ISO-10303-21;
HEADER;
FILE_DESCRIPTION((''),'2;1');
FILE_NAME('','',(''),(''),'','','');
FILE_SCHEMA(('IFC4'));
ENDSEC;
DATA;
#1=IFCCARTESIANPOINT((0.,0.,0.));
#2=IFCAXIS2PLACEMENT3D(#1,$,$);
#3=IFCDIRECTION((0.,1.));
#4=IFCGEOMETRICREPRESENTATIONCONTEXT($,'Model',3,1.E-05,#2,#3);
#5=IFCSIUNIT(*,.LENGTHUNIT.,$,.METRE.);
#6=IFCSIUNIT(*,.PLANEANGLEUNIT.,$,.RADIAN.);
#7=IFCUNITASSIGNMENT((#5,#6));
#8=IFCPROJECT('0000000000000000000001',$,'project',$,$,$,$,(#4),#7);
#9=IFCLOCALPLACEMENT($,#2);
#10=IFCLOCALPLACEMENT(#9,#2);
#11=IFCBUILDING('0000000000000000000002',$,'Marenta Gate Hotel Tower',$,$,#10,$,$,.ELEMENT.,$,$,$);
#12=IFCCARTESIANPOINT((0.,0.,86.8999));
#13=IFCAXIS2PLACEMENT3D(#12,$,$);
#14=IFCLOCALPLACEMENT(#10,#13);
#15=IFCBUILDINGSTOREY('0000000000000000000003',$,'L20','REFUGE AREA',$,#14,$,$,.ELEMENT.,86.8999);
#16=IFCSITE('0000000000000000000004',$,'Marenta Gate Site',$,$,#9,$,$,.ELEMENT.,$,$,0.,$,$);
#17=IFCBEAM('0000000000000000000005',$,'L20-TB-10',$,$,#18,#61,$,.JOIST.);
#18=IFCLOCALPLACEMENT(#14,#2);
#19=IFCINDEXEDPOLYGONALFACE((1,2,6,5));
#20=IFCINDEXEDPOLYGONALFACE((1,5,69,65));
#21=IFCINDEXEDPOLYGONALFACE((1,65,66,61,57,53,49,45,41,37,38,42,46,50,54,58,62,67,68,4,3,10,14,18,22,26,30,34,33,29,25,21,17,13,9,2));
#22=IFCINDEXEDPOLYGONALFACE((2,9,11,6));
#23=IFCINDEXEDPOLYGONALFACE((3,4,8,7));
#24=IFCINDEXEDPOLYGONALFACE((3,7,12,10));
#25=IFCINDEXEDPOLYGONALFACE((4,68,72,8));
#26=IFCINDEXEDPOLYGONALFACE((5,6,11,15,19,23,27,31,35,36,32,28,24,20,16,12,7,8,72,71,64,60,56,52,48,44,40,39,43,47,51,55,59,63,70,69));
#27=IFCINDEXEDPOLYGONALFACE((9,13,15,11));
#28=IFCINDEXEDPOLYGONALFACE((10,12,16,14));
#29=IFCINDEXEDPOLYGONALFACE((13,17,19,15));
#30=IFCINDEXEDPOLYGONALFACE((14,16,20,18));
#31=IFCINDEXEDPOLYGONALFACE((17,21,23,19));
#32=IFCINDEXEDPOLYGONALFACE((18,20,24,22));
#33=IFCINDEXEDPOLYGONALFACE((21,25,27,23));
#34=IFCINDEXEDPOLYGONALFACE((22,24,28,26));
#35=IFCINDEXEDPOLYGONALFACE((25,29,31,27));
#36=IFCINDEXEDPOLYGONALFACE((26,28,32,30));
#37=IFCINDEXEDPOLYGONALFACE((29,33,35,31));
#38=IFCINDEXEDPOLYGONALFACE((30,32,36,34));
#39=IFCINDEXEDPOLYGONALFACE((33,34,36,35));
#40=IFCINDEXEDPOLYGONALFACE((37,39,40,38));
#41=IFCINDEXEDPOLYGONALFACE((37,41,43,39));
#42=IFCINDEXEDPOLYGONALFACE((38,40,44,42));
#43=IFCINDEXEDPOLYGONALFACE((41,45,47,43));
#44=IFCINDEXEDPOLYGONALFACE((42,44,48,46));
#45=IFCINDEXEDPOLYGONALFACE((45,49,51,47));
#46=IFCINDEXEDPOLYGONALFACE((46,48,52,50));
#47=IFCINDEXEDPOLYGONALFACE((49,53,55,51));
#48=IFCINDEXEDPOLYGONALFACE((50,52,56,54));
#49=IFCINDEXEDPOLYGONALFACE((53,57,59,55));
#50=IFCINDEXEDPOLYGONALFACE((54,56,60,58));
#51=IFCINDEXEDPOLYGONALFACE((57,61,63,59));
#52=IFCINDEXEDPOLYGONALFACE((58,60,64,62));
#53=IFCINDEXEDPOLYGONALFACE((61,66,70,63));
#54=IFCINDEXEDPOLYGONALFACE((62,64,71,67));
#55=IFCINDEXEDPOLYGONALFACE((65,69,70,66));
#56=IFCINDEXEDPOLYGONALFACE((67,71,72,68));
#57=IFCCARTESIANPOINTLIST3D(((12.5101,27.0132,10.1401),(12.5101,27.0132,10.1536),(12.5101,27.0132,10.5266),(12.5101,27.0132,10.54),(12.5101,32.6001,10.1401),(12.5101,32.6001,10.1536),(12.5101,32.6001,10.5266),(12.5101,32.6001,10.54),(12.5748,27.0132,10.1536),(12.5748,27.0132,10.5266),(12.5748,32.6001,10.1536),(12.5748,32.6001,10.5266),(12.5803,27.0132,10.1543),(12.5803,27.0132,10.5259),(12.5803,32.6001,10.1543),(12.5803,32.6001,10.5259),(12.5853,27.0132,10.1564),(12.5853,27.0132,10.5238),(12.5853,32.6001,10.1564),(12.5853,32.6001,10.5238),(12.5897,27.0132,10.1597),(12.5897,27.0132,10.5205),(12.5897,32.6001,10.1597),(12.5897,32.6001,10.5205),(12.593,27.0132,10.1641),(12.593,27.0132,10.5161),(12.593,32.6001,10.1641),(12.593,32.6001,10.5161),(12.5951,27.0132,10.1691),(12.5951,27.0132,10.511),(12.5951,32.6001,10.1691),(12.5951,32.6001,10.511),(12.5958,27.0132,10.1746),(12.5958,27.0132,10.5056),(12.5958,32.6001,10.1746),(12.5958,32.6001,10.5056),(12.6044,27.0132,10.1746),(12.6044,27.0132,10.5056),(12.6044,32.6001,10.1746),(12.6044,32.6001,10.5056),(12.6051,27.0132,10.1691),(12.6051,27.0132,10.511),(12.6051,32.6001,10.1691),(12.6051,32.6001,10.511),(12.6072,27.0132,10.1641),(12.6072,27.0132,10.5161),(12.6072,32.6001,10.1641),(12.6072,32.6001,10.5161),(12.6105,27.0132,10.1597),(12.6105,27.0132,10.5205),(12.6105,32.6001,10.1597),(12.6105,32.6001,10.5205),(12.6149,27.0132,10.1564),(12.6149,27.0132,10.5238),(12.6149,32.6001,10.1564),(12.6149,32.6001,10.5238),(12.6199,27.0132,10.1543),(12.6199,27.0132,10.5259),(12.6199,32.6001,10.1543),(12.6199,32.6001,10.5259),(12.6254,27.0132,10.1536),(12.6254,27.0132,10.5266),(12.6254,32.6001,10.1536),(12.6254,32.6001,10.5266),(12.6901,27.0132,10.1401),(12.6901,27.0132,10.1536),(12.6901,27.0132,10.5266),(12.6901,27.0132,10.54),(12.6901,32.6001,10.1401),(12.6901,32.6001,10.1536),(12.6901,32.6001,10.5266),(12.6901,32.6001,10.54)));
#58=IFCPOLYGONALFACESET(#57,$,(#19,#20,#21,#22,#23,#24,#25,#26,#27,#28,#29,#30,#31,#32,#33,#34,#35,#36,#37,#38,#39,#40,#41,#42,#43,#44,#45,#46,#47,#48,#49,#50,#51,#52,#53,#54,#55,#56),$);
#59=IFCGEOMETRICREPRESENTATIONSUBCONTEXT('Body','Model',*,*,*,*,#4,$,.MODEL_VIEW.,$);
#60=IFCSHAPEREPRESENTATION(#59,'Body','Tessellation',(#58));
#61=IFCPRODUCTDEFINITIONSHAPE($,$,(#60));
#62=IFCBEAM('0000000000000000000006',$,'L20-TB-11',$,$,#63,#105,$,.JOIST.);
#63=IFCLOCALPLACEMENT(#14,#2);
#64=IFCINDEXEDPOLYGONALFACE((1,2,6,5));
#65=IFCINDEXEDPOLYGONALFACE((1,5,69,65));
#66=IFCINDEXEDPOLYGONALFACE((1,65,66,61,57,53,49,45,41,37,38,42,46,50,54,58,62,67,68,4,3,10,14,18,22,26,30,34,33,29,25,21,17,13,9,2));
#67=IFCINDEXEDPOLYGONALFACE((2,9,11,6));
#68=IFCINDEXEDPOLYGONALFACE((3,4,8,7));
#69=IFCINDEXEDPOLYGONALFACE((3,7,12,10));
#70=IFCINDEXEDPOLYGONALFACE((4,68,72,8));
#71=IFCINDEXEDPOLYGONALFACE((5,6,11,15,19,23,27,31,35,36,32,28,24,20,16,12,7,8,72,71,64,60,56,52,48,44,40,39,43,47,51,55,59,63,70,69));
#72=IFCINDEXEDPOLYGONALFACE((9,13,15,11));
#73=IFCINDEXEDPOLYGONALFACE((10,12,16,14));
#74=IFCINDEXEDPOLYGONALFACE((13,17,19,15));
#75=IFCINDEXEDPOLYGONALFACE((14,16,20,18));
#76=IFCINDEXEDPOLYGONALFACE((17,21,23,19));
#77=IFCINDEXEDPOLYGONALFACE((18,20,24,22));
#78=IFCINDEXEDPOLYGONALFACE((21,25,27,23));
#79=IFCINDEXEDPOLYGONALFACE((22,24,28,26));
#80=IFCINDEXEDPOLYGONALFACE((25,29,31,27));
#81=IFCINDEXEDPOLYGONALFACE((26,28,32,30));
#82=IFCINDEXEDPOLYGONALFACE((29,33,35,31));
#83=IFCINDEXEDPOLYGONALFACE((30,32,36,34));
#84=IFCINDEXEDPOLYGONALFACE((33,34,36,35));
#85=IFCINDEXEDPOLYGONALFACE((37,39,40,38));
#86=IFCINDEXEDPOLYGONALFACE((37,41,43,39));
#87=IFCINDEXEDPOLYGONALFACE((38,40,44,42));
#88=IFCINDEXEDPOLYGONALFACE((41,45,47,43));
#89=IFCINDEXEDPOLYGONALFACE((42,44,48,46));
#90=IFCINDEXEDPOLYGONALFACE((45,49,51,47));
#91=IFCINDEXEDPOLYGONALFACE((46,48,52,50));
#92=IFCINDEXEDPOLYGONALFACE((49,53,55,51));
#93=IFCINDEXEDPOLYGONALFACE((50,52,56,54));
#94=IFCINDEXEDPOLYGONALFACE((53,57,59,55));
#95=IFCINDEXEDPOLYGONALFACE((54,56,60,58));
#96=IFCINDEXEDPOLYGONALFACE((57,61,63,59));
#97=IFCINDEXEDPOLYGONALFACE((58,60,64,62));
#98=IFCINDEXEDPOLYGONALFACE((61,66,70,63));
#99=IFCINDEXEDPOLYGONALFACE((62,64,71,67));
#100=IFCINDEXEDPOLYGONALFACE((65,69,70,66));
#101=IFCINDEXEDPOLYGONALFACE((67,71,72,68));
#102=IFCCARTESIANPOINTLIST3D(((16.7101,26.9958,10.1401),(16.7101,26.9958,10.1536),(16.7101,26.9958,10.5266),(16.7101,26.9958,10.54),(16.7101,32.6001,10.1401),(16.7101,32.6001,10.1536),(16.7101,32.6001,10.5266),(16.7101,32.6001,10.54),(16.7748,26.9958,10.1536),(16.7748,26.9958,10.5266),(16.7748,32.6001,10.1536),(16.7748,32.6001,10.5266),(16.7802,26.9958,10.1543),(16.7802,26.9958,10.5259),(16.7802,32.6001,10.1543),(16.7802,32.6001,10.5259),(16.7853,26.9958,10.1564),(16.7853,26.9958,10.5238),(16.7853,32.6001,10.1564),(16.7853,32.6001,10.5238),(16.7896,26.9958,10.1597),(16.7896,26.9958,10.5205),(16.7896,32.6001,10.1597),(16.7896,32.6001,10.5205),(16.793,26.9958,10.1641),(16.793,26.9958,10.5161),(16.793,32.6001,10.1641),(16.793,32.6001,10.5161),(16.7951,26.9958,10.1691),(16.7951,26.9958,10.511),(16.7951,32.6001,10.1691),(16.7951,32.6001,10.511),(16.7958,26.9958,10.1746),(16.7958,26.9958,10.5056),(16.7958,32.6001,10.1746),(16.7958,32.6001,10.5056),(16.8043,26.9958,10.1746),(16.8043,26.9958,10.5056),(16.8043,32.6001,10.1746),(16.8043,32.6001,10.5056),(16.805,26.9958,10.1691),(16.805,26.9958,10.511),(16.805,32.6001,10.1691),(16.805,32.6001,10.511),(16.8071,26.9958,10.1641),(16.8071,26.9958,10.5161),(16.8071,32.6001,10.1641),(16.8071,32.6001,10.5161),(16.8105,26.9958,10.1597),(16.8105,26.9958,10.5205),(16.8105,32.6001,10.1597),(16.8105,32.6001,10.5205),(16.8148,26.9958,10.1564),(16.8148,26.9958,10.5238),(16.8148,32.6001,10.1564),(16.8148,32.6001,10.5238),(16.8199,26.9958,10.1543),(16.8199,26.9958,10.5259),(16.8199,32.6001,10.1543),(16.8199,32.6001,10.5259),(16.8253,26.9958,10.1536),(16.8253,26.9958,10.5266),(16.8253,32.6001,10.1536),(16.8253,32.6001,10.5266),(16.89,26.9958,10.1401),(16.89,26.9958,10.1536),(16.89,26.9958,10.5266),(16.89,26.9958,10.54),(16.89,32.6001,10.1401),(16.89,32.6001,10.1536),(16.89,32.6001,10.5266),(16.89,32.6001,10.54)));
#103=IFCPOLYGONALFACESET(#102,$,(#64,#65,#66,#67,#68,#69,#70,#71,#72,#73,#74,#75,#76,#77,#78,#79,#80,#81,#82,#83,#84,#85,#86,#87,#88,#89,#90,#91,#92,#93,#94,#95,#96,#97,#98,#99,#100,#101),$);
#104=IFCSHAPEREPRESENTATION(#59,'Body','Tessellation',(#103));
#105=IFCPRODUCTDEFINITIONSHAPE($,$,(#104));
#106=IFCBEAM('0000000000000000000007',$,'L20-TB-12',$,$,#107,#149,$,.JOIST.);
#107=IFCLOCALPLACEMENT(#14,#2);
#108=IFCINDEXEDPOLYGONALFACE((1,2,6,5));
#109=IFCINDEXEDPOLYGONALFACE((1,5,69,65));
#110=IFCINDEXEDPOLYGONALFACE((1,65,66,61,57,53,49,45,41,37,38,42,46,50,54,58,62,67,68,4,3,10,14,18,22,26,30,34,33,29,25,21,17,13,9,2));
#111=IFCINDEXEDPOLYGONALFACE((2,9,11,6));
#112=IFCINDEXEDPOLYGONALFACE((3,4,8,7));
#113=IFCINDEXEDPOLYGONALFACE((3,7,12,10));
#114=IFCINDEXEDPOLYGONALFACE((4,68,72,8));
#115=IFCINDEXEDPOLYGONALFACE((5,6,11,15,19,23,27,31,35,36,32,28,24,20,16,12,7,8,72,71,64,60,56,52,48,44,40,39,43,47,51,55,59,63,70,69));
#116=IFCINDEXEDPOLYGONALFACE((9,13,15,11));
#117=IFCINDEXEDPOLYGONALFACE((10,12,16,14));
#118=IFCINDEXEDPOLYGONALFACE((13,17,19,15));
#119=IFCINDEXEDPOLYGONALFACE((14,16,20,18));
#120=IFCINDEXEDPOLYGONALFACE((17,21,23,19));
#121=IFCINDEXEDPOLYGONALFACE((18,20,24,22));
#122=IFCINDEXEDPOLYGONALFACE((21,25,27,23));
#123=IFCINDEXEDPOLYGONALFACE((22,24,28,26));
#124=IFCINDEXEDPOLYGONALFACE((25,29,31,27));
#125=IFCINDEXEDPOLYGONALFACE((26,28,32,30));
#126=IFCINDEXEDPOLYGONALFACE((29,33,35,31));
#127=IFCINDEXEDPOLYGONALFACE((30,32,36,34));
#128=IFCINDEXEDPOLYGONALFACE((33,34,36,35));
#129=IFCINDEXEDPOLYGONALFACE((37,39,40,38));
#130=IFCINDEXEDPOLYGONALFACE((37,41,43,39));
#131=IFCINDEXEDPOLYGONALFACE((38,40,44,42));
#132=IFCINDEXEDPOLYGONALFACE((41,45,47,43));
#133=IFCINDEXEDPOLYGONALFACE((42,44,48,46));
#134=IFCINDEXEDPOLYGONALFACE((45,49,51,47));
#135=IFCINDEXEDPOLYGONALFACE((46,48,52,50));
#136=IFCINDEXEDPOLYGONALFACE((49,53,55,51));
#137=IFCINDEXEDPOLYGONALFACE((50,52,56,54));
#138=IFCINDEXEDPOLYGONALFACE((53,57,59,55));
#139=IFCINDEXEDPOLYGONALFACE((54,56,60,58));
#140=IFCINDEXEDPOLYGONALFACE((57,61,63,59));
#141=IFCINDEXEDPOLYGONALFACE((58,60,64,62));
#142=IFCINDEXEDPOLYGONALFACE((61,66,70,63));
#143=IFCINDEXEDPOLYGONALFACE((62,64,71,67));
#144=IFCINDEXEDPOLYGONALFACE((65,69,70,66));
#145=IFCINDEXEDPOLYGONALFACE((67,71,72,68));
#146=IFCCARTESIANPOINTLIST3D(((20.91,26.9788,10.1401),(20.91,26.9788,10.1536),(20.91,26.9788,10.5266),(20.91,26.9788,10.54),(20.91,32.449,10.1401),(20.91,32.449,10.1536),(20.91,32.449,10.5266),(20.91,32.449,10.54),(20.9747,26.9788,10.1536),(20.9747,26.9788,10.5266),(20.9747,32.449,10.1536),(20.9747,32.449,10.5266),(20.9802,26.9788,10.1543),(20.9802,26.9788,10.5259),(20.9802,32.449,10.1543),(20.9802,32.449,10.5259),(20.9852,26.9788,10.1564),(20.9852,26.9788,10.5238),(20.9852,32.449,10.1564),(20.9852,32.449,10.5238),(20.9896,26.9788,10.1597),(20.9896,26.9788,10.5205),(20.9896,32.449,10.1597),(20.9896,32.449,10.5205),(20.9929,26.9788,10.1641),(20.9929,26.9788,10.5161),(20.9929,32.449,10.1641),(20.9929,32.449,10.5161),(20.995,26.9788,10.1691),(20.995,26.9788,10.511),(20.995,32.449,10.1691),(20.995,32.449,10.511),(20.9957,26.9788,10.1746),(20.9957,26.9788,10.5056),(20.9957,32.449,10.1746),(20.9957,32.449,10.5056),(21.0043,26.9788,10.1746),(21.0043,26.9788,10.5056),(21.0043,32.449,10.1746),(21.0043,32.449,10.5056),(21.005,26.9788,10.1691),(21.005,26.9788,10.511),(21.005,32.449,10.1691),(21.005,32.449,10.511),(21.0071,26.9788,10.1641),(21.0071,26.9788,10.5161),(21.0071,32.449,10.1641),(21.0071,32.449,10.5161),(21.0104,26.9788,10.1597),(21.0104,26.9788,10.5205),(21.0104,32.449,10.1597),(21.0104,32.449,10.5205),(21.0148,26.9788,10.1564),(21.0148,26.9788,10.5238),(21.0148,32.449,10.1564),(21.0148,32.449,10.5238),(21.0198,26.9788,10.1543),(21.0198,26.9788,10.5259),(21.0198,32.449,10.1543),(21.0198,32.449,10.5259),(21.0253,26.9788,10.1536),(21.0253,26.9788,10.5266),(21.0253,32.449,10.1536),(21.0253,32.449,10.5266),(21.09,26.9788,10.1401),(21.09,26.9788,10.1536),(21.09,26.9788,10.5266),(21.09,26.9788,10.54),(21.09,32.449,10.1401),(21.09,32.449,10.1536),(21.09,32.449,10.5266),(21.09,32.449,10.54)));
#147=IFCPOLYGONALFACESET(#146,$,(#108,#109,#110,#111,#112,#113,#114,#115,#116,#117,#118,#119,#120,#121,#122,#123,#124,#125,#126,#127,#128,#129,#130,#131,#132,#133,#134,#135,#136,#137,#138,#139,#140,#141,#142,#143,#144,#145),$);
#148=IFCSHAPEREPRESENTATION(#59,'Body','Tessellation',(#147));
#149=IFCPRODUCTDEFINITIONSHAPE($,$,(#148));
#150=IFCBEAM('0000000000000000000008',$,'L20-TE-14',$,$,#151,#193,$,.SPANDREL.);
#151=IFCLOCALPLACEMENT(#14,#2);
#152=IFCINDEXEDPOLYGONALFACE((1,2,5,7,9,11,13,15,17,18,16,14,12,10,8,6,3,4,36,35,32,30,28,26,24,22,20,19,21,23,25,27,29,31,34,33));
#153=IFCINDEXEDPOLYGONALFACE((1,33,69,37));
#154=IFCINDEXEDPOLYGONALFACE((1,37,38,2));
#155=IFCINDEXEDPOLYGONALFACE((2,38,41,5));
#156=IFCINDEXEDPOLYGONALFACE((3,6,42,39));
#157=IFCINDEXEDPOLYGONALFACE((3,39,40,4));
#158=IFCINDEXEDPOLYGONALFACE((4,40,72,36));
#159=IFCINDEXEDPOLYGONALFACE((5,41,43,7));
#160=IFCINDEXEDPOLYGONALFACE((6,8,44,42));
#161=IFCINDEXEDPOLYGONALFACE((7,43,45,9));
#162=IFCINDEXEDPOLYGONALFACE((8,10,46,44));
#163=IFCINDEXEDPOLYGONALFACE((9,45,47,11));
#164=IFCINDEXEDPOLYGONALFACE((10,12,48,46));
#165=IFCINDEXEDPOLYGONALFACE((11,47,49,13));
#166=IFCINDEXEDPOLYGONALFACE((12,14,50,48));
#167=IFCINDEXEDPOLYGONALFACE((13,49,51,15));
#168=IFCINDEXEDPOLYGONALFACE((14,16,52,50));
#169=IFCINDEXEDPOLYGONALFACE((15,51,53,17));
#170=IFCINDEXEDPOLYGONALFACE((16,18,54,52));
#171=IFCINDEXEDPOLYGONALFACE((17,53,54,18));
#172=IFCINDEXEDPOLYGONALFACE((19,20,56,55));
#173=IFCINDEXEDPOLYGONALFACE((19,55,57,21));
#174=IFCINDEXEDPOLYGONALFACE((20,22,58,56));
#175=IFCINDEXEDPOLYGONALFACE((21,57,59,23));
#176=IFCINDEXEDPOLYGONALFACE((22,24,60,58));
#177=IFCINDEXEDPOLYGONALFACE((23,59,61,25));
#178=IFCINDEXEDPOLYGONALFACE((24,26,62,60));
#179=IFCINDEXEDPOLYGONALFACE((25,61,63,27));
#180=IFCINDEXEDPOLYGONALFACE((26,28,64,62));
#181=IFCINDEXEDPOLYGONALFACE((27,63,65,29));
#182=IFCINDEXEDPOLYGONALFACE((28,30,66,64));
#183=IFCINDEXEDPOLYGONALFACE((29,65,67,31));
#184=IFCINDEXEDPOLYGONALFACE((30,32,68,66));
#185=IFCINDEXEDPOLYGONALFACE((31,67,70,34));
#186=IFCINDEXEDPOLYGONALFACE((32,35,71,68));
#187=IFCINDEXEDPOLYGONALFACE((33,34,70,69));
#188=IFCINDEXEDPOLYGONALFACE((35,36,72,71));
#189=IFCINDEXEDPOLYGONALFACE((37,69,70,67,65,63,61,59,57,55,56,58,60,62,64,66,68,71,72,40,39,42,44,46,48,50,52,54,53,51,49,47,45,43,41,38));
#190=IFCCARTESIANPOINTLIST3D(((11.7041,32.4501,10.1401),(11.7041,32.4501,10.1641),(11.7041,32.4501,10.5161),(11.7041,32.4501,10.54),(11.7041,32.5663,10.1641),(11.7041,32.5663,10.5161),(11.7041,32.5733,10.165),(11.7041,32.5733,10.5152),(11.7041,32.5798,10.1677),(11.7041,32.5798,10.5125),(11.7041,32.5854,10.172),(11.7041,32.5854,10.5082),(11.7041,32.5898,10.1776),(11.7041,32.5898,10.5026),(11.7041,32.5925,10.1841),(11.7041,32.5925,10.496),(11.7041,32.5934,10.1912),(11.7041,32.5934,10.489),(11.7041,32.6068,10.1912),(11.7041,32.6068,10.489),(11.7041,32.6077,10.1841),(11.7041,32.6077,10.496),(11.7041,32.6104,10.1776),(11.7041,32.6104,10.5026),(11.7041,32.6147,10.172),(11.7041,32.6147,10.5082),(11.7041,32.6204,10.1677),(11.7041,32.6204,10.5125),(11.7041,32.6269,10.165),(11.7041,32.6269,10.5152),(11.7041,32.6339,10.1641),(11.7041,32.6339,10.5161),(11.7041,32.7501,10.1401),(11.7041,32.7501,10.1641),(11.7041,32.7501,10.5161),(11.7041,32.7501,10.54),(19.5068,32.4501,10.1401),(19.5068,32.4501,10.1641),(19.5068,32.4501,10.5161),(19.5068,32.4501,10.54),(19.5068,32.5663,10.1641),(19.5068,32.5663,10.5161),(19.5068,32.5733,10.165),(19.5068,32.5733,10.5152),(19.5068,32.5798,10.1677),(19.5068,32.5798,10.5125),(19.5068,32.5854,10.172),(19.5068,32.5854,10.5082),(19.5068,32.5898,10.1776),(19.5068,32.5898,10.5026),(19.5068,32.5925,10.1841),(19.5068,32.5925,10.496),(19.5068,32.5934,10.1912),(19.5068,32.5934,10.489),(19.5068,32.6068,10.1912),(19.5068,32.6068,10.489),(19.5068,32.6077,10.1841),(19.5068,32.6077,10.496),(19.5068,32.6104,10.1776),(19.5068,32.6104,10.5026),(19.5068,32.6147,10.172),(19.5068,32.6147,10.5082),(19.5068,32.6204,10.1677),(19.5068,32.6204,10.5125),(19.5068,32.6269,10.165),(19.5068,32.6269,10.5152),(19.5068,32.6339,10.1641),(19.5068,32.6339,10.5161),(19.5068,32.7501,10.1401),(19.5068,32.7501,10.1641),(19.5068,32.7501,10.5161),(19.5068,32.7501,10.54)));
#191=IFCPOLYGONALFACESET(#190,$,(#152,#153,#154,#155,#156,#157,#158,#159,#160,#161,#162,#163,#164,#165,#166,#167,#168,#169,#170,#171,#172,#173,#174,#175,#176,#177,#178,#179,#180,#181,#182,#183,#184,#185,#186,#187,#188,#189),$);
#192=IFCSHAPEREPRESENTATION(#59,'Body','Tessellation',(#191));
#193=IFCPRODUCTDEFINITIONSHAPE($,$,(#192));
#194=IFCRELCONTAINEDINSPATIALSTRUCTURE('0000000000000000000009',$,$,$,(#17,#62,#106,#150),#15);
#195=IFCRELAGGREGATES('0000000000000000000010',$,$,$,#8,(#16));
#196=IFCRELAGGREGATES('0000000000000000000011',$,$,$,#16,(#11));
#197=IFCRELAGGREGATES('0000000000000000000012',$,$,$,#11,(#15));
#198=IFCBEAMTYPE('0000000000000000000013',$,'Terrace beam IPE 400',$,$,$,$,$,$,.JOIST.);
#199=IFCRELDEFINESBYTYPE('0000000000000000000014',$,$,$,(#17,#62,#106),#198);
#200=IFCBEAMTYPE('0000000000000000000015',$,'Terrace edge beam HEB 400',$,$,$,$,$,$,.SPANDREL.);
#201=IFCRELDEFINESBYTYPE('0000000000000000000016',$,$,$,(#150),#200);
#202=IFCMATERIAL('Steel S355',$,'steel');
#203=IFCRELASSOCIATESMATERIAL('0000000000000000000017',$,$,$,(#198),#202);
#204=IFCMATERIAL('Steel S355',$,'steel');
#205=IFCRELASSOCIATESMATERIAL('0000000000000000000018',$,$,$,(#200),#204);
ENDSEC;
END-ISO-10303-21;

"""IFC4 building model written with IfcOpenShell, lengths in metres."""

from ifc_helpers import new_model, si_unit, direction, frame, origin, origin_2d, place, context, subcontext, project, spatial, i_section, extrude, material, material_profile, profile_set, type_object, element, save


model = new_model("IFC4")

# Units and contexts
model_context = context("Model", 3, precision=1e-05, world=origin(), true_north=direction((0.0, 1.0)))
body_context = subcontext(model_context, "Body", "Model", "MODEL_VIEW")
ifc_project = project(units=[si_unit("LENGTHUNIT", "METRE"), si_unit("PLANEANGLEUNIT", "RADIAN")], contexts=[model_context])

# Site, building, storey
site_placement = place(None, origin())
site = spatial("IfcSite", under=ifc_project, at=site_placement, Name="Marenta Gate Site", CompositionType="ELEMENT", RefElevation=0.0)
building_placement = place(site_placement, origin())
building = spatial("IfcBuilding", under=site, at=building_placement, Name="Marenta Gate Hotel Tower", CompositionType="ELEMENT")
storey_placement = place(building_placement, frame((0.0, 0.0, 86.8999)))
storey = spatial("IfcBuildingStorey", under=building, at=storey_placement, Name="L20", Description="REFUGE AREA", CompositionType="ELEMENT", Elevation=86.8999)

# Beams
ifc_material_1 = material(Name="Steel S355", Category="steel")
ifc_material_profile_1 = material_profile(ifc_material_1, i_section(OverallWidth=0.1799, OverallDepth=0.3999, WebThickness=0.0085, FlangeThickness=0.0134, FilletRadius=0.021, at=origin_2d()), Name="IPE 400")
ifc_profile_set_1 = profile_set([ifc_material_profile_1], Name="Steel S355")
beam_type_1 = type_object("IfcBeamType", Name="Terrace beam IPE 400", PredefinedType="JOIST", material=ifc_profile_set_1)
beam_1_placement = place(storey_placement, frame((12.6001, 27.0132, 10.3401), z_axis=(0.0, 1.0, 0.0), x_axis=(-1.0, 0.0, 0.0)))
element("IfcBeam", 1, at=beam_1_placement, inside=storey, type_object=beam_type_1, Name="L20-TB-10", PredefinedType="JOIST", context=body_context, shape_type="SweptSolid", body=[
    extrude(i_section(OverallWidth=0.1799, OverallDepth=0.3999, WebThickness=0.0085, FlangeThickness=0.0134, FilletRadius=0.021, at=origin_2d()), origin(), (0.0, 0.0, 1.0), 5.5869),
])
beam_2_placement = place(storey_placement, frame((16.8, 26.9958, 10.3401), z_axis=(0.0, 1.0, 0.0), x_axis=(-1.0, 0.0, 0.0)))
element("IfcBeam", 2, at=beam_2_placement, inside=storey, type_object=beam_type_1, Name="L20-TB-11", PredefinedType="JOIST", context=body_context, shape_type="SweptSolid", body=[
    extrude(i_section(OverallWidth=0.1799, OverallDepth=0.3999, WebThickness=0.0085, FlangeThickness=0.0134, FilletRadius=0.021, at=origin_2d()), origin(), (0.0, 0.0, 1.0), 5.6042),
])
beam_3_placement = place(storey_placement, frame((21.0, 26.9788, 10.3401), z_axis=(0.0, 1.0, 0.0), x_axis=(-1.0, 0.0, 0.0)))
element("IfcBeam", 3, at=beam_3_placement, inside=storey, type_object=beam_type_1, Name="L20-TB-12", PredefinedType="JOIST", context=body_context, shape_type="SweptSolid", body=[
    extrude(i_section(OverallWidth=0.1799, OverallDepth=0.3999, WebThickness=0.0085, FlangeThickness=0.0134, FilletRadius=0.021, at=origin_2d()), origin(), (0.0, 0.0, 1.0), 5.4702),
])
ifc_material_2 = material(Name="Steel S355", Category="steel")
ifc_material_profile_2 = material_profile(ifc_material_2, i_section(OverallWidth=0.3, OverallDepth=0.3999, WebThickness=0.0134, FlangeThickness=0.0239, FilletRadius=0.0271, at=origin_2d()), Name="HEB 400")
ifc_profile_set_2 = profile_set([ifc_material_profile_2], Name="Steel S355")
beam_type_2 = type_object("IfcBeamType", Name="Terrace edge beam HEB 400", PredefinedType="SPANDREL", material=ifc_profile_set_2)
beam_4_placement = place(storey_placement, frame((11.7041, 32.6001, 10.3401), z_axis=(1.0, 0.0, 0.0), x_axis=(0.0, 1.0, 0.0)))
element("IfcBeam", 4, at=beam_4_placement, inside=storey, type_object=beam_type_2, Name="L20-TE-14", PredefinedType="SPANDREL", context=body_context, shape_type="SweptSolid", body=[
    extrude(i_section(OverallWidth=0.3, OverallDepth=0.3999, WebThickness=0.0134, FlangeThickness=0.0239, FilletRadius=0.0271, at=origin_2d()), origin(), (0.0, 0.0, 1.0), 7.8027),
])

save(model, "model.ifc")
